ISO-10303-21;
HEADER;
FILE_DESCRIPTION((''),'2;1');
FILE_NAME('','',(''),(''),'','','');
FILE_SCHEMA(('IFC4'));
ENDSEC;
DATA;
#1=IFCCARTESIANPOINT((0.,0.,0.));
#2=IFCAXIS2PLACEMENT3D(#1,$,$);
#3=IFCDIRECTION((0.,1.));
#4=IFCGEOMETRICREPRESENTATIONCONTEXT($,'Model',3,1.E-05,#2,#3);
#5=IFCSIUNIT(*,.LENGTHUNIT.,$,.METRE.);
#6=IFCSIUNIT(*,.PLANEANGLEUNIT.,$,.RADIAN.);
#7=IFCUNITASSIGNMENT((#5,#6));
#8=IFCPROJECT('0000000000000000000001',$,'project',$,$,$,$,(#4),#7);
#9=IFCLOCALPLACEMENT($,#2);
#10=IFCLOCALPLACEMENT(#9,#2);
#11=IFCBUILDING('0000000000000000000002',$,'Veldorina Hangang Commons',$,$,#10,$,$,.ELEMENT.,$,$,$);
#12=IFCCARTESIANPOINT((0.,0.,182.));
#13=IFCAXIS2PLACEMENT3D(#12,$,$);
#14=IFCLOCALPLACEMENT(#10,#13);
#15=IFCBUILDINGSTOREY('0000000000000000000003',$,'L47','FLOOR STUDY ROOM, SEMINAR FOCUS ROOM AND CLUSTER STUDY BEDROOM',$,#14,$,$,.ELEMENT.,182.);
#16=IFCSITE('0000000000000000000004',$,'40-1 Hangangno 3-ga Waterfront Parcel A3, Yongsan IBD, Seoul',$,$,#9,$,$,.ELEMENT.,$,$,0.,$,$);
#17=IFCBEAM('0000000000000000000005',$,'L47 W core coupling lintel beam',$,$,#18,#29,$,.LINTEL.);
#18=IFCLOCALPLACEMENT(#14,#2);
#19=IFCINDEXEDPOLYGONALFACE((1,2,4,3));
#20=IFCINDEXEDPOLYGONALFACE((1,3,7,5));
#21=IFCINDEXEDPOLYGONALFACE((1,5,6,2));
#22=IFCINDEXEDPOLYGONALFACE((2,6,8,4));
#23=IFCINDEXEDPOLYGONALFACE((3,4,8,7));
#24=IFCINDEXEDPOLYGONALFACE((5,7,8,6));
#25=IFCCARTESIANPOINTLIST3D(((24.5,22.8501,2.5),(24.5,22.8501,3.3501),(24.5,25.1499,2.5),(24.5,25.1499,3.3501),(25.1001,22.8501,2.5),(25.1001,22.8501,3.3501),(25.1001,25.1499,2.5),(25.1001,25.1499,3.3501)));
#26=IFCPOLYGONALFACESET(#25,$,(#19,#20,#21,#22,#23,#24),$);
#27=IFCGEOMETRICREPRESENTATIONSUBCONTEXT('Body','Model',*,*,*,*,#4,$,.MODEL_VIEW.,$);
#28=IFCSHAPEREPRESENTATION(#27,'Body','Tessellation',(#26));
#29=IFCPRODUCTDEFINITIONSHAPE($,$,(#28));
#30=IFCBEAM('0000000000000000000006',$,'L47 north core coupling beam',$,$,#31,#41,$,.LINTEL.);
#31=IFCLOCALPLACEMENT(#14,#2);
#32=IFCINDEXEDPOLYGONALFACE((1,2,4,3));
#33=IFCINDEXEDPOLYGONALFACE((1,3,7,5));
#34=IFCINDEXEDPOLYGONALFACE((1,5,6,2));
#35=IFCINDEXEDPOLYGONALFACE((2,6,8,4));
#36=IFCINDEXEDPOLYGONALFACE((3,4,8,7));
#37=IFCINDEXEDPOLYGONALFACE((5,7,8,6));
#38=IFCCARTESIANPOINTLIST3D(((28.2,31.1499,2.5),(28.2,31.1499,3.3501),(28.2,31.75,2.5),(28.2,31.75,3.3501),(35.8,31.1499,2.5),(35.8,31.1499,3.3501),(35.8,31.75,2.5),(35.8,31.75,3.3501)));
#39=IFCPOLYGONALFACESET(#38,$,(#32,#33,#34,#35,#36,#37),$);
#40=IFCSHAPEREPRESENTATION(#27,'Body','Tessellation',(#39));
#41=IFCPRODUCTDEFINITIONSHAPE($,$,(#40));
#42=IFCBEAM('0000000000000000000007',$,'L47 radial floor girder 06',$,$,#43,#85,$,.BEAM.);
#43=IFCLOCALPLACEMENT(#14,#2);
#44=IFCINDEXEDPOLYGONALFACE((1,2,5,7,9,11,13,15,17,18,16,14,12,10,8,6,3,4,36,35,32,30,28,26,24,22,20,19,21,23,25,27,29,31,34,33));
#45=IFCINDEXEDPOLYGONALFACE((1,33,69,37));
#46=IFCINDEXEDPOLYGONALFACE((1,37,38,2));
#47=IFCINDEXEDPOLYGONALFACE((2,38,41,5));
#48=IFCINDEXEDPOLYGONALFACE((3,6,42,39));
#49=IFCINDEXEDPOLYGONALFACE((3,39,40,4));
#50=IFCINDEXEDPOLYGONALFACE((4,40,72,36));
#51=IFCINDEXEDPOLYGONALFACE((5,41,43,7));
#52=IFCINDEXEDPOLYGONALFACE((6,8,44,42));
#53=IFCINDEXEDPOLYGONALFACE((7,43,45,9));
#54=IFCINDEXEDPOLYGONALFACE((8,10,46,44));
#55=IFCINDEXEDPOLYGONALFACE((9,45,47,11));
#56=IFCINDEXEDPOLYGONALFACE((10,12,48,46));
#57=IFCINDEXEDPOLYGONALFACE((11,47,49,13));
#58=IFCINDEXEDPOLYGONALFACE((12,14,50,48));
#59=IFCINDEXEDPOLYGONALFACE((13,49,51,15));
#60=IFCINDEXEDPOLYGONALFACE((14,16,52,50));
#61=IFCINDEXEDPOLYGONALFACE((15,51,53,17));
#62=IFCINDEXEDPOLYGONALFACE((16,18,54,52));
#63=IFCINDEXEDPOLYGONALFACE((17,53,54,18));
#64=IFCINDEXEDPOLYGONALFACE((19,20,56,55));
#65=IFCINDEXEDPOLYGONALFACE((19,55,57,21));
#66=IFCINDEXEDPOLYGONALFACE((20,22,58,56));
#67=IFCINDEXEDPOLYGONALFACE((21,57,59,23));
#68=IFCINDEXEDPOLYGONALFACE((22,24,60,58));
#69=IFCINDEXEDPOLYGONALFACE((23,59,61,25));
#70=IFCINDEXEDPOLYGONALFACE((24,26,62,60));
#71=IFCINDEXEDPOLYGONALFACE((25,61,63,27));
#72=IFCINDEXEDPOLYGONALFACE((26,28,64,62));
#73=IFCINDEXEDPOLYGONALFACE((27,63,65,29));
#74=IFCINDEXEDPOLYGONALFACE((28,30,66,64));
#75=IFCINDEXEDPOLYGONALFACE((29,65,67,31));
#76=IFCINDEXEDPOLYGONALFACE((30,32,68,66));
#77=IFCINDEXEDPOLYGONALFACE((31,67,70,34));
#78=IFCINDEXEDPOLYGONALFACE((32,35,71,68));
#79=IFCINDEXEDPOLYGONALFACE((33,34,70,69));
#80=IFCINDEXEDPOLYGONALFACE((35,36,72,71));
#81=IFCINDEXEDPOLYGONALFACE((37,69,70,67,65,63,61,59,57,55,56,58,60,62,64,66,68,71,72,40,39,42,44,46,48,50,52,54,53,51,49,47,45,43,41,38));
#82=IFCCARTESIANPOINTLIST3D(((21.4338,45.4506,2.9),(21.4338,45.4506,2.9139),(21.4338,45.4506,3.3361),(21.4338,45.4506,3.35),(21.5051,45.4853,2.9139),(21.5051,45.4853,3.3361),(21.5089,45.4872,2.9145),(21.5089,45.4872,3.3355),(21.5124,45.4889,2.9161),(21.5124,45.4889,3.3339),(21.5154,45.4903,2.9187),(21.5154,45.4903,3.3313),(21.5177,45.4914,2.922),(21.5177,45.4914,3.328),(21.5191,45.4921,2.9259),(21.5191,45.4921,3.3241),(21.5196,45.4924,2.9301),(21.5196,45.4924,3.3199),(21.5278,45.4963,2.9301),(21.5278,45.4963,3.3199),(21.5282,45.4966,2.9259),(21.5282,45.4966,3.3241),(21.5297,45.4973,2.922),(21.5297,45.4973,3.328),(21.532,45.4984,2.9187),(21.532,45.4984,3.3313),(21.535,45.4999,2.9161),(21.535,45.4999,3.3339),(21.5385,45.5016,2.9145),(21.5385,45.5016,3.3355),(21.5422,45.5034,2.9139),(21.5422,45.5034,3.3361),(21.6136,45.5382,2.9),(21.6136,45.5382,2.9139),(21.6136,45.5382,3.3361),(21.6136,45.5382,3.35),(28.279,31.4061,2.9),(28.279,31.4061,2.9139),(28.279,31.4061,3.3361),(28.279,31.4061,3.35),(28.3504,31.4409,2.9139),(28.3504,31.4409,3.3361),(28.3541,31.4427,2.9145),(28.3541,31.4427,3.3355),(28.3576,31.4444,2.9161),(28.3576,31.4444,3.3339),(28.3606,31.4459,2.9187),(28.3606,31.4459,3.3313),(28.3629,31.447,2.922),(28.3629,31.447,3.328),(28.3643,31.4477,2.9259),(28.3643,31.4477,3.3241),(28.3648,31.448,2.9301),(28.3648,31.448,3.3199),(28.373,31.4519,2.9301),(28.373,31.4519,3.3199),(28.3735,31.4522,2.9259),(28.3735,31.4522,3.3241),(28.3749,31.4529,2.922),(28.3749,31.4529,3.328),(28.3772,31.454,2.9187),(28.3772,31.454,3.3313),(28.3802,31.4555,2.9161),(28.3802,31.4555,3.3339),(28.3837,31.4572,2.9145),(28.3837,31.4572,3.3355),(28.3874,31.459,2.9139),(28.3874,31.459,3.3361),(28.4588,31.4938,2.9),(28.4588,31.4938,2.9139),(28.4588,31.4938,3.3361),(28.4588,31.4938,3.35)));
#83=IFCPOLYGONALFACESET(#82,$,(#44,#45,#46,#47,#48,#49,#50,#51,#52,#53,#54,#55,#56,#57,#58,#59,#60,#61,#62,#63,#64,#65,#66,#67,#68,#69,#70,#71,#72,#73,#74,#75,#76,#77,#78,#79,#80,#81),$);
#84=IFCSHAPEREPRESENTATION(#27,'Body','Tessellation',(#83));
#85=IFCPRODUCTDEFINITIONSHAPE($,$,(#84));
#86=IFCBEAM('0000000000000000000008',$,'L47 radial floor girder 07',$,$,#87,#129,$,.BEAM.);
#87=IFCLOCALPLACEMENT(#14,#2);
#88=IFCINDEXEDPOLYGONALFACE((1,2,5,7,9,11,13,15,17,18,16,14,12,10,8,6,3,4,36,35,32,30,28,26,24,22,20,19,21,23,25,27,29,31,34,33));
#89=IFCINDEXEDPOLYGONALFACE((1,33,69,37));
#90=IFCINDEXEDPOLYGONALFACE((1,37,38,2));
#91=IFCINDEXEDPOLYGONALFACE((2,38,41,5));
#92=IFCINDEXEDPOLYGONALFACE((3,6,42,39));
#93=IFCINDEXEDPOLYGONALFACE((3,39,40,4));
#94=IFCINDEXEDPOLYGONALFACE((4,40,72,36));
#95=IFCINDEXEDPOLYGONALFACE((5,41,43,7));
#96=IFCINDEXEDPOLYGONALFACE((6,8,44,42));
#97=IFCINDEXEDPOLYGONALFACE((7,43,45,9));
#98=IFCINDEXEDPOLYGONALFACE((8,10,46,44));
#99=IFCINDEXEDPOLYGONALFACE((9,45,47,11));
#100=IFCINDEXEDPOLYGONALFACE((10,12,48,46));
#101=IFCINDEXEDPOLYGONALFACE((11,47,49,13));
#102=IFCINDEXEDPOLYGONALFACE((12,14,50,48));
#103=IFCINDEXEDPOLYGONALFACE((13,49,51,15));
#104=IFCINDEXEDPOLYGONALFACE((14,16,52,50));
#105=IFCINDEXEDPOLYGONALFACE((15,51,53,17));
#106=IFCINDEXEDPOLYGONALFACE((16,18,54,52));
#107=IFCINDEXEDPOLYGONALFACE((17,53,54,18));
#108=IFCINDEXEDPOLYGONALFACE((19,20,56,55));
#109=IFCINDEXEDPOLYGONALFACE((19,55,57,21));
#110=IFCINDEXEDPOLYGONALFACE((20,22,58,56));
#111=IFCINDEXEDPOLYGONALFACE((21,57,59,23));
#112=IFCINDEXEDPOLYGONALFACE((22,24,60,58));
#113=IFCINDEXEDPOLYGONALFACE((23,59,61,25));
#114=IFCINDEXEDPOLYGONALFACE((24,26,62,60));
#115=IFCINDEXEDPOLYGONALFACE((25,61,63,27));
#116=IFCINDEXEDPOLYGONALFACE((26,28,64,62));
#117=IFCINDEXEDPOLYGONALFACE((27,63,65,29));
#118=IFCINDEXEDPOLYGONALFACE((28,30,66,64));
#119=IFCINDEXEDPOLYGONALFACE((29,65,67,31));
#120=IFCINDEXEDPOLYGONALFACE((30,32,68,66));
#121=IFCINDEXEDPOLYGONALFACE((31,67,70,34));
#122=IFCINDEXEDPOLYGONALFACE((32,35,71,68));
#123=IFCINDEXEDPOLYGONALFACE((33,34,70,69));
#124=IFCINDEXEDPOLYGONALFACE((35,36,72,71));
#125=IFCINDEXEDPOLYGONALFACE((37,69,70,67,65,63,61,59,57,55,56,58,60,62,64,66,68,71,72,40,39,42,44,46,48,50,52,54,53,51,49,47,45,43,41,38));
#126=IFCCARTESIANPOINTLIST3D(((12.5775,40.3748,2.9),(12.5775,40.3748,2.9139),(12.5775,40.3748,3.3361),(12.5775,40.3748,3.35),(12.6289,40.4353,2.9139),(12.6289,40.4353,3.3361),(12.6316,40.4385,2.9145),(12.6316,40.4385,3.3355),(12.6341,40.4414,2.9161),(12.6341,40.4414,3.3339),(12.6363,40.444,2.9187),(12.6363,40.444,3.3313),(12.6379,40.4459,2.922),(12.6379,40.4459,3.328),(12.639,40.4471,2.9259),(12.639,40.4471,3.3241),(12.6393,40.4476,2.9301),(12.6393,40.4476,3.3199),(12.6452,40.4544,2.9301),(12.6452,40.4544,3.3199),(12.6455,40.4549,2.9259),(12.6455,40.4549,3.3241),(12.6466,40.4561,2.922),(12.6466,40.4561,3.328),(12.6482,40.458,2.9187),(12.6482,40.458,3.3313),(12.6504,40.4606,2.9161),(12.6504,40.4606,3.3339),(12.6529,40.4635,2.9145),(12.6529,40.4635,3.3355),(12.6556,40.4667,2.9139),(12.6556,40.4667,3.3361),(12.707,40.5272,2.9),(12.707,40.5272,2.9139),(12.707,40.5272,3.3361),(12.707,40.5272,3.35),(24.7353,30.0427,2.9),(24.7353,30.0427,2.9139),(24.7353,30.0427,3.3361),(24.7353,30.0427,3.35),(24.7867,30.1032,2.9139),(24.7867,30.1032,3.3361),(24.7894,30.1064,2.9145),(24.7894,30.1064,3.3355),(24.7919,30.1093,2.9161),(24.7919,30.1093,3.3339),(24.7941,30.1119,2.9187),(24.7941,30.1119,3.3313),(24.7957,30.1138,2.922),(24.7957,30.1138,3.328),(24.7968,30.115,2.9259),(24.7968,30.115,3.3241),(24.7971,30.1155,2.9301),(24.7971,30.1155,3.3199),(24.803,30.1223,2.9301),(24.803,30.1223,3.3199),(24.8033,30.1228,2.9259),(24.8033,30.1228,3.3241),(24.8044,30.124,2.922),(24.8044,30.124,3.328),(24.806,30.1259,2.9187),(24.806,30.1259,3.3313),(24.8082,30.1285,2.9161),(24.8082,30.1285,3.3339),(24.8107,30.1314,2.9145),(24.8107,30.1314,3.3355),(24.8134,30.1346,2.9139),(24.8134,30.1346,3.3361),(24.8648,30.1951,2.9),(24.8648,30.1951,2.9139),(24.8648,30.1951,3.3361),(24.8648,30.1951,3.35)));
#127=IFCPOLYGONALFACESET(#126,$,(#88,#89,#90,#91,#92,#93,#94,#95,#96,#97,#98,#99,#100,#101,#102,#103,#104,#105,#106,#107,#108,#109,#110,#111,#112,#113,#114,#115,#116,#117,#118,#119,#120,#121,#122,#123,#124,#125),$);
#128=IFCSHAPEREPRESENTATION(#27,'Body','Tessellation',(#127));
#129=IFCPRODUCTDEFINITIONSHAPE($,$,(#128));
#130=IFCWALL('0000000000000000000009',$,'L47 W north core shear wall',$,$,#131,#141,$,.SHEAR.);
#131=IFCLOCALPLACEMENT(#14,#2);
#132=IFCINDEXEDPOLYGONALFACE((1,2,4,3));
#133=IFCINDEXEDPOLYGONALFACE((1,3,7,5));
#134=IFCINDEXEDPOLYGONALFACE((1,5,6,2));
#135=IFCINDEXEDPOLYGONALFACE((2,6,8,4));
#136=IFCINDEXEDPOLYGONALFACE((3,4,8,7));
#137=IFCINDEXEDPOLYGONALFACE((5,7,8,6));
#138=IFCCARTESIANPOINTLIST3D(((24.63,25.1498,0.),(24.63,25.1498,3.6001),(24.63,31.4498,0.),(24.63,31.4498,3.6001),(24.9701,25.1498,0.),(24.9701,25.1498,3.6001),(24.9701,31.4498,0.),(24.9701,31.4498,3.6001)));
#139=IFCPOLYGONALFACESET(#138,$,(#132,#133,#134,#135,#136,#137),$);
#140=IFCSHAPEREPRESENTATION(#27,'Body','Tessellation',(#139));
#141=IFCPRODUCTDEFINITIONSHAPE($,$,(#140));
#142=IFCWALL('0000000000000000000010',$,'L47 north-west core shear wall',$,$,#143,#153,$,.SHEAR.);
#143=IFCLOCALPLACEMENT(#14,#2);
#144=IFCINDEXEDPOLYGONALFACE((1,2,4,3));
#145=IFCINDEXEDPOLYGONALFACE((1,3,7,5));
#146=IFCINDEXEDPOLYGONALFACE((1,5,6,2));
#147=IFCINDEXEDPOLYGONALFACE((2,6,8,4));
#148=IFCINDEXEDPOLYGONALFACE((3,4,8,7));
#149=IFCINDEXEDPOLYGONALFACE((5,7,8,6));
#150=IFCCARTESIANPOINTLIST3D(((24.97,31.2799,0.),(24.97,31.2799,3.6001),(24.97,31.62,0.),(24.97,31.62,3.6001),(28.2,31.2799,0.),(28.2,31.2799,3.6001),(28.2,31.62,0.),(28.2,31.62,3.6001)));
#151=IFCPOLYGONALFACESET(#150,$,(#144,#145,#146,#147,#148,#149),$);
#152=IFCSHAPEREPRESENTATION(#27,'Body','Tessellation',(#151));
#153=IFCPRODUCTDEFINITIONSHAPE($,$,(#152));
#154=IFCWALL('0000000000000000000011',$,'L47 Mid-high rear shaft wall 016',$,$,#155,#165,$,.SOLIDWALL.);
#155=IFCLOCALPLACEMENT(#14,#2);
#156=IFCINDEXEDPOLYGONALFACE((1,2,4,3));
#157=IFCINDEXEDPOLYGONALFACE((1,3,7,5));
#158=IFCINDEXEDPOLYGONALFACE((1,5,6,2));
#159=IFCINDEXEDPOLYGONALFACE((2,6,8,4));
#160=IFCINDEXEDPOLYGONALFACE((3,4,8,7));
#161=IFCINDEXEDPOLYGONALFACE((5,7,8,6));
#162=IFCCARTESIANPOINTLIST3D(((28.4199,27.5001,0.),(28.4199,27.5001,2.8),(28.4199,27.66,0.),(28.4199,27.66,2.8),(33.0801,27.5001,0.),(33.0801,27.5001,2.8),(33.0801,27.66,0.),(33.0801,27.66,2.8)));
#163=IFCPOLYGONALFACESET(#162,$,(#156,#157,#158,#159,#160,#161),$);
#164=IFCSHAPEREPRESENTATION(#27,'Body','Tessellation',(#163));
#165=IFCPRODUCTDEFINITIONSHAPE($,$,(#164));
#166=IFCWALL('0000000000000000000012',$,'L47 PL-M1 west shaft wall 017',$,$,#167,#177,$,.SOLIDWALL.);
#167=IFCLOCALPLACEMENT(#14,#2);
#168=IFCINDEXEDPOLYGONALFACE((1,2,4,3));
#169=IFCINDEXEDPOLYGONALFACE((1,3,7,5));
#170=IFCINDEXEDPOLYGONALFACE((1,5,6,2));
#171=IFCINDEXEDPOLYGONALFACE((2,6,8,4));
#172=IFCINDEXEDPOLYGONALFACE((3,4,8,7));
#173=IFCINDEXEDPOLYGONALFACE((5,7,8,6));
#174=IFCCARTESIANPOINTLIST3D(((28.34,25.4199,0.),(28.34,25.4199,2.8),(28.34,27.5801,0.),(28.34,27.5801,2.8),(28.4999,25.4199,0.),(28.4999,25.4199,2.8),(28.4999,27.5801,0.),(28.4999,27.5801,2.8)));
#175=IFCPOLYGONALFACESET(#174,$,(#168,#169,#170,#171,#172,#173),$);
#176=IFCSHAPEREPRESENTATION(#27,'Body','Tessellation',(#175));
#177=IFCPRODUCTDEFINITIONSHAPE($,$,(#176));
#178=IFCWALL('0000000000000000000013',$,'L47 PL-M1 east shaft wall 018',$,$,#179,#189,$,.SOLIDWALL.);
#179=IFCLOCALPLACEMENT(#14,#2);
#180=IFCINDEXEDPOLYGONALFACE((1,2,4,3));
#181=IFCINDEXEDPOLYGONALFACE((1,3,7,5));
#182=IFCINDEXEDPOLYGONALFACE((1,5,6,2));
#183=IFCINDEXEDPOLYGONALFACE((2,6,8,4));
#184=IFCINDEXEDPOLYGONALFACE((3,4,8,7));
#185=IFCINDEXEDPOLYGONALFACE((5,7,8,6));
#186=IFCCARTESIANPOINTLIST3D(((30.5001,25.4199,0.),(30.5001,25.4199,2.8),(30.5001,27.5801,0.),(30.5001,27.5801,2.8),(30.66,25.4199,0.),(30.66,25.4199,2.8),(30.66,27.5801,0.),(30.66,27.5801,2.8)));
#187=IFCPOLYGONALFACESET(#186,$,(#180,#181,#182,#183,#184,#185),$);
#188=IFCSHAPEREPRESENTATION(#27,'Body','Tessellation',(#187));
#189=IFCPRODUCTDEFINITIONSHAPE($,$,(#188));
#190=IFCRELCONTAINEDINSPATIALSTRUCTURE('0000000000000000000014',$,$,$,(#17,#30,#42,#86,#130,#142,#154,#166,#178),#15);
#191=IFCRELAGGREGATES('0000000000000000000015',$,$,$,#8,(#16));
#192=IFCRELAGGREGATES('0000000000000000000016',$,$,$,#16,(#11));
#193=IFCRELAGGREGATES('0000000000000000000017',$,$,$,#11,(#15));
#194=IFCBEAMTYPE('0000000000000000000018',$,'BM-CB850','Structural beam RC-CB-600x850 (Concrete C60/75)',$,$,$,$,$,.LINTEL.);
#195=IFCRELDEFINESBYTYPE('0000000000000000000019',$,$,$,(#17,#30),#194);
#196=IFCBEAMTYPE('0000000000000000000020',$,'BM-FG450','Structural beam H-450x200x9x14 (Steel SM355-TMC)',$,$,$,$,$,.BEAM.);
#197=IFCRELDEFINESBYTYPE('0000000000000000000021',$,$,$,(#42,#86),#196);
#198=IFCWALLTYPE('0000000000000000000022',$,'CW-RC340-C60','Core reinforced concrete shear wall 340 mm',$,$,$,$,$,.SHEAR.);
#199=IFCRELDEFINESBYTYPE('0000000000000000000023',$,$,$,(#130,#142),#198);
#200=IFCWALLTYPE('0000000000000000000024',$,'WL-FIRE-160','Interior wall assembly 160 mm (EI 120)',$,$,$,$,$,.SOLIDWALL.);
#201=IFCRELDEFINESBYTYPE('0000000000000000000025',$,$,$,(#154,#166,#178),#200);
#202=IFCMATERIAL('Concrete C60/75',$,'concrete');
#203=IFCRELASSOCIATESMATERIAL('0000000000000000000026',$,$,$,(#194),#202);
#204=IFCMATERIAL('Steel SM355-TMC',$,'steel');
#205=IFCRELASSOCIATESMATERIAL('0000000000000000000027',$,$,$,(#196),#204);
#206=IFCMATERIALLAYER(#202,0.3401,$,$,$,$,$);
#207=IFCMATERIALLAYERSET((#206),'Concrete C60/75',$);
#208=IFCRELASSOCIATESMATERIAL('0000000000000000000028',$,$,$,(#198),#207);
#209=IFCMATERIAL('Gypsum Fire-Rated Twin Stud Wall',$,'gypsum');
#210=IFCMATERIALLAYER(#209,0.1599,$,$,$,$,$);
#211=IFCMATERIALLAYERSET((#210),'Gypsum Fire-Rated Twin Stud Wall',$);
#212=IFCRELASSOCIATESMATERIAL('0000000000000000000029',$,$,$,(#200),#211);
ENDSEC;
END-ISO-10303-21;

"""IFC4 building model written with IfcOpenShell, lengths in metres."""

from ifc_helpers import new_model, si_unit, direction, frame, frame_2d, origin, origin_2d, place, context, subcontext, project, spatial, rectangle, i_section, extrude, material, layer, layer_set, material_profile, profile_set, type_object, element, save


model = new_model("IFC4")

# Units and contexts
model_context = context("Model", 3, precision=1e-05, world=origin(), true_north=direction((0.0, 1.0)))
body_context = subcontext(model_context, "Body", "Model", "MODEL_VIEW")
ifc_project = project(units=[si_unit("LENGTHUNIT", "METRE"), si_unit("PLANEANGLEUNIT", "RADIAN")], contexts=[model_context])

# Site, building, storey
site_placement = place(None, origin())
site = spatial("IfcSite", under=ifc_project, at=site_placement, Name="40-1 Hangangno 3-ga Waterfront Parcel A3, Yongsan IBD, Seoul", CompositionType="ELEMENT", RefElevation=0.0)
building_placement = place(site_placement, origin())
building = spatial("IfcBuilding", under=site, at=building_placement, Name="Veldorina Hangang Commons", CompositionType="ELEMENT")
storey_placement = place(building_placement, frame((0.0, 0.0, 182.0)))
storey = spatial("IfcBuildingStorey", under=building, at=storey_placement, Name="L47", Description="FLOOR STUDY ROOM, SEMINAR FOCUS ROOM AND CLUSTER STUDY BEDROOM", CompositionType="ELEMENT", Elevation=182.0)

# Beams
ifc_material_1 = material(Name="Concrete C60/75", Category="concrete")
ifc_material_profile_1 = material_profile(ifc_material_1, rectangle(XDim=0.6001, YDim=0.8501, at=origin_2d()), Name="RC-CB-600x850")
ifc_profile_set_1 = profile_set([ifc_material_profile_1], Name="Concrete C60/75")
beam_type_1 = type_object("IfcBeamType", Name="BM-CB850", Description="Structural beam RC-CB-600x850 (Concrete C60/75)", PredefinedType="LINTEL", material=ifc_profile_set_1)
beam_1_placement = place(storey_placement, frame((24.8, 22.8501, 2.925), z_axis=(0.0, 1.0, 0.0), x_axis=(-1.0, 0.0, 0.0)))
element("IfcBeam", 1, at=beam_1_placement, inside=storey, type_object=beam_type_1, Name="L47 W core coupling lintel beam", PredefinedType="LINTEL", context=body_context, shape_type="SweptSolid", body=[
    extrude(rectangle(XDim=0.6001, YDim=0.8501, at=origin_2d()), origin(), (0.0, 0.0, 1.0), 2.2998),
])
beam_2_placement = place(storey_placement, frame((28.2, 31.45, 2.925), z_axis=(1.0, 0.0, 0.0), x_axis=(0.0, 1.0, 0.0)))
element("IfcBeam", 2, at=beam_2_placement, inside=storey, type_object=beam_type_1, Name="L47 north core coupling beam", PredefinedType="LINTEL", context=body_context, shape_type="SweptSolid", body=[
    extrude(rectangle(XDim=0.6001, YDim=0.8501, at=origin_2d()), origin(), (0.0, 0.0, 1.0), 7.6001),
])
ifc_material_2 = material(Name="Steel SM355-TMC", Category="steel")
ifc_material_profile_2 = material_profile(ifc_material_2, i_section(OverallWidth=0.2, OverallDepth=0.45, WebThickness=0.009, FlangeThickness=0.0139, FilletRadius=0.0161, at=origin_2d()), Name="H-450x200x9x14")
ifc_profile_set_2 = profile_set([ifc_material_profile_2], Name="Steel SM355-TMC")
beam_type_2 = type_object("IfcBeamType", Name="BM-FG450", Description="Structural beam H-450x200x9x14 (Steel SM355-TMC)", PredefinedType="BEAM", material=ifc_profile_set_2)
beam_3_placement = place(storey_placement, frame((28.3689, 31.45, 3.125), z_axis=(-0.438127, 0.898913, 0.0), x_axis=(-0.898913, -0.438127, 0.0)))
element("IfcBeam", 3, at=beam_3_placement, inside=storey, type_object=beam_type_2, Name="L47 radial floor girder 06", PredefinedType="BEAM", context=body_context, shape_type="SweptSolid", body=[
    extrude(i_section(OverallWidth=0.2, OverallDepth=0.45, WebThickness=0.009, FlangeThickness=0.0139, FilletRadius=0.0161, at=origin_2d()), origin(), (0.0, 0.0, 1.0), 15.6238),
])
beam_4_placement = place(storey_placement, frame((24.8, 30.1189, 3.125), z_axis=(-0.762002, 0.647575, 0.0), x_axis=(-0.647575, -0.762002, 0.0)))
element("IfcBeam", 4, at=beam_4_placement, inside=storey, type_object=beam_type_2, Name="L47 radial floor girder 07", PredefinedType="BEAM", context=body_context, shape_type="SweptSolid", body=[
    extrude(i_section(OverallWidth=0.2, OverallDepth=0.45, WebThickness=0.009, FlangeThickness=0.0139, FilletRadius=0.0161, at=origin_2d()), origin(), (0.0, 0.0, 1.0), 15.9551),
])

# Walls
ifc_layer_1 = layer(ifc_material_1, 0.3401)
ifc_layer_set_1 = layer_set([ifc_layer_1], Name="Concrete C60/75")
wall_type_1 = type_object("IfcWallType", Name="CW-RC340-C60", Description="Core reinforced concrete shear wall 340 mm", PredefinedType="SHEAR", material=ifc_layer_set_1)
wall_1_placement = place(storey_placement, frame((24.8, 25.1499, 0.0), z_axis=(0.0, 0.0, 1.0), x_axis=(0.0, 1.0, 0.0)))
element("IfcWall", 5, at=wall_1_placement, inside=storey, type_object=wall_type_1, Name="L47 W north core shear wall", PredefinedType="SHEAR", context=body_context, shape_type="SweptSolid", body=[
    extrude(rectangle(XDim=6.3, YDim=0.3401, at=frame_2d((3.1499, 0.0))), origin(), (0.0, 0.0, 1.0), 3.6001),
])
wall_2_placement = place(storey_placement, frame((24.97, 31.45, 0.0), z_axis=(0.0, 0.0, 1.0), x_axis=(1.0, 0.0, 0.0)))
element("IfcWall", 6, at=wall_2_placement, inside=storey, type_object=wall_type_1, Name="L47 north-west core shear wall", PredefinedType="SHEAR", context=body_context, shape_type="SweptSolid", body=[
    extrude(rectangle(XDim=3.23, YDim=0.3401, at=frame_2d((1.615, 0.0))), origin(), (0.0, 0.0, 1.0), 3.6001),
])

# Shared definitions
ifc_material_3 = material(Name="Gypsum Fire-Rated Twin Stud Wall", Category="gypsum")
ifc_layer_2 = layer(ifc_material_3, 0.1599)
ifc_layer_set_2 = layer_set([ifc_layer_2], Name="Gypsum Fire-Rated Twin Stud Wall")
wall_type_2 = type_object("IfcWallType", Name="WL-FIRE-160", Description="Interior wall assembly 160 mm (EI 120)", PredefinedType="SOLIDWALL", material=ifc_layer_set_2)

# Walls
wall_3_placement = place(storey_placement, frame((28.4199, 27.5801, 0.0), z_axis=(0.0, 0.0, 1.0), x_axis=(1.0, 0.0, 0.0)))
element("IfcWall", 7, at=wall_3_placement, inside=storey, type_object=wall_type_2, Name="L47 Mid-high rear shaft wall 016", PredefinedType="SOLIDWALL", context=body_context, shape_type="SweptSolid", body=[
    extrude(rectangle(XDim=4.6602, YDim=0.1599, at=frame_2d((2.3301, 0.0))), origin(), (0.0, 0.0, 1.0), 2.8),
])
for number, where, z_axis, x_axis, name in (
    (8, (28.4199, 25.4199, 0.0), (0.0, 0.0, 1.0), (0.0, 1.0, 0.0), "L47 PL-M1 west shaft wall 017"),
    (9, (30.5801, 25.4199, 0.0), (0.0, 0.0, 1.0), (0.0, 1.0, 0.0), "L47 PL-M1 east shaft wall 018"),
):
    element("IfcWall", number, at=place(storey_placement, frame(where, z_axis=z_axis, x_axis=x_axis)), inside=storey, type_object=wall_type_2, Name=name, PredefinedType="SOLIDWALL", context=body_context, shape_type="SweptSolid", body=[
        extrude(rectangle(XDim=2.1602, YDim=0.1599, at=frame_2d((1.0801, 0.0))), origin(), (0.0, 0.0, 1.0), 2.8),
    ])

save(model, "model.ifc")
